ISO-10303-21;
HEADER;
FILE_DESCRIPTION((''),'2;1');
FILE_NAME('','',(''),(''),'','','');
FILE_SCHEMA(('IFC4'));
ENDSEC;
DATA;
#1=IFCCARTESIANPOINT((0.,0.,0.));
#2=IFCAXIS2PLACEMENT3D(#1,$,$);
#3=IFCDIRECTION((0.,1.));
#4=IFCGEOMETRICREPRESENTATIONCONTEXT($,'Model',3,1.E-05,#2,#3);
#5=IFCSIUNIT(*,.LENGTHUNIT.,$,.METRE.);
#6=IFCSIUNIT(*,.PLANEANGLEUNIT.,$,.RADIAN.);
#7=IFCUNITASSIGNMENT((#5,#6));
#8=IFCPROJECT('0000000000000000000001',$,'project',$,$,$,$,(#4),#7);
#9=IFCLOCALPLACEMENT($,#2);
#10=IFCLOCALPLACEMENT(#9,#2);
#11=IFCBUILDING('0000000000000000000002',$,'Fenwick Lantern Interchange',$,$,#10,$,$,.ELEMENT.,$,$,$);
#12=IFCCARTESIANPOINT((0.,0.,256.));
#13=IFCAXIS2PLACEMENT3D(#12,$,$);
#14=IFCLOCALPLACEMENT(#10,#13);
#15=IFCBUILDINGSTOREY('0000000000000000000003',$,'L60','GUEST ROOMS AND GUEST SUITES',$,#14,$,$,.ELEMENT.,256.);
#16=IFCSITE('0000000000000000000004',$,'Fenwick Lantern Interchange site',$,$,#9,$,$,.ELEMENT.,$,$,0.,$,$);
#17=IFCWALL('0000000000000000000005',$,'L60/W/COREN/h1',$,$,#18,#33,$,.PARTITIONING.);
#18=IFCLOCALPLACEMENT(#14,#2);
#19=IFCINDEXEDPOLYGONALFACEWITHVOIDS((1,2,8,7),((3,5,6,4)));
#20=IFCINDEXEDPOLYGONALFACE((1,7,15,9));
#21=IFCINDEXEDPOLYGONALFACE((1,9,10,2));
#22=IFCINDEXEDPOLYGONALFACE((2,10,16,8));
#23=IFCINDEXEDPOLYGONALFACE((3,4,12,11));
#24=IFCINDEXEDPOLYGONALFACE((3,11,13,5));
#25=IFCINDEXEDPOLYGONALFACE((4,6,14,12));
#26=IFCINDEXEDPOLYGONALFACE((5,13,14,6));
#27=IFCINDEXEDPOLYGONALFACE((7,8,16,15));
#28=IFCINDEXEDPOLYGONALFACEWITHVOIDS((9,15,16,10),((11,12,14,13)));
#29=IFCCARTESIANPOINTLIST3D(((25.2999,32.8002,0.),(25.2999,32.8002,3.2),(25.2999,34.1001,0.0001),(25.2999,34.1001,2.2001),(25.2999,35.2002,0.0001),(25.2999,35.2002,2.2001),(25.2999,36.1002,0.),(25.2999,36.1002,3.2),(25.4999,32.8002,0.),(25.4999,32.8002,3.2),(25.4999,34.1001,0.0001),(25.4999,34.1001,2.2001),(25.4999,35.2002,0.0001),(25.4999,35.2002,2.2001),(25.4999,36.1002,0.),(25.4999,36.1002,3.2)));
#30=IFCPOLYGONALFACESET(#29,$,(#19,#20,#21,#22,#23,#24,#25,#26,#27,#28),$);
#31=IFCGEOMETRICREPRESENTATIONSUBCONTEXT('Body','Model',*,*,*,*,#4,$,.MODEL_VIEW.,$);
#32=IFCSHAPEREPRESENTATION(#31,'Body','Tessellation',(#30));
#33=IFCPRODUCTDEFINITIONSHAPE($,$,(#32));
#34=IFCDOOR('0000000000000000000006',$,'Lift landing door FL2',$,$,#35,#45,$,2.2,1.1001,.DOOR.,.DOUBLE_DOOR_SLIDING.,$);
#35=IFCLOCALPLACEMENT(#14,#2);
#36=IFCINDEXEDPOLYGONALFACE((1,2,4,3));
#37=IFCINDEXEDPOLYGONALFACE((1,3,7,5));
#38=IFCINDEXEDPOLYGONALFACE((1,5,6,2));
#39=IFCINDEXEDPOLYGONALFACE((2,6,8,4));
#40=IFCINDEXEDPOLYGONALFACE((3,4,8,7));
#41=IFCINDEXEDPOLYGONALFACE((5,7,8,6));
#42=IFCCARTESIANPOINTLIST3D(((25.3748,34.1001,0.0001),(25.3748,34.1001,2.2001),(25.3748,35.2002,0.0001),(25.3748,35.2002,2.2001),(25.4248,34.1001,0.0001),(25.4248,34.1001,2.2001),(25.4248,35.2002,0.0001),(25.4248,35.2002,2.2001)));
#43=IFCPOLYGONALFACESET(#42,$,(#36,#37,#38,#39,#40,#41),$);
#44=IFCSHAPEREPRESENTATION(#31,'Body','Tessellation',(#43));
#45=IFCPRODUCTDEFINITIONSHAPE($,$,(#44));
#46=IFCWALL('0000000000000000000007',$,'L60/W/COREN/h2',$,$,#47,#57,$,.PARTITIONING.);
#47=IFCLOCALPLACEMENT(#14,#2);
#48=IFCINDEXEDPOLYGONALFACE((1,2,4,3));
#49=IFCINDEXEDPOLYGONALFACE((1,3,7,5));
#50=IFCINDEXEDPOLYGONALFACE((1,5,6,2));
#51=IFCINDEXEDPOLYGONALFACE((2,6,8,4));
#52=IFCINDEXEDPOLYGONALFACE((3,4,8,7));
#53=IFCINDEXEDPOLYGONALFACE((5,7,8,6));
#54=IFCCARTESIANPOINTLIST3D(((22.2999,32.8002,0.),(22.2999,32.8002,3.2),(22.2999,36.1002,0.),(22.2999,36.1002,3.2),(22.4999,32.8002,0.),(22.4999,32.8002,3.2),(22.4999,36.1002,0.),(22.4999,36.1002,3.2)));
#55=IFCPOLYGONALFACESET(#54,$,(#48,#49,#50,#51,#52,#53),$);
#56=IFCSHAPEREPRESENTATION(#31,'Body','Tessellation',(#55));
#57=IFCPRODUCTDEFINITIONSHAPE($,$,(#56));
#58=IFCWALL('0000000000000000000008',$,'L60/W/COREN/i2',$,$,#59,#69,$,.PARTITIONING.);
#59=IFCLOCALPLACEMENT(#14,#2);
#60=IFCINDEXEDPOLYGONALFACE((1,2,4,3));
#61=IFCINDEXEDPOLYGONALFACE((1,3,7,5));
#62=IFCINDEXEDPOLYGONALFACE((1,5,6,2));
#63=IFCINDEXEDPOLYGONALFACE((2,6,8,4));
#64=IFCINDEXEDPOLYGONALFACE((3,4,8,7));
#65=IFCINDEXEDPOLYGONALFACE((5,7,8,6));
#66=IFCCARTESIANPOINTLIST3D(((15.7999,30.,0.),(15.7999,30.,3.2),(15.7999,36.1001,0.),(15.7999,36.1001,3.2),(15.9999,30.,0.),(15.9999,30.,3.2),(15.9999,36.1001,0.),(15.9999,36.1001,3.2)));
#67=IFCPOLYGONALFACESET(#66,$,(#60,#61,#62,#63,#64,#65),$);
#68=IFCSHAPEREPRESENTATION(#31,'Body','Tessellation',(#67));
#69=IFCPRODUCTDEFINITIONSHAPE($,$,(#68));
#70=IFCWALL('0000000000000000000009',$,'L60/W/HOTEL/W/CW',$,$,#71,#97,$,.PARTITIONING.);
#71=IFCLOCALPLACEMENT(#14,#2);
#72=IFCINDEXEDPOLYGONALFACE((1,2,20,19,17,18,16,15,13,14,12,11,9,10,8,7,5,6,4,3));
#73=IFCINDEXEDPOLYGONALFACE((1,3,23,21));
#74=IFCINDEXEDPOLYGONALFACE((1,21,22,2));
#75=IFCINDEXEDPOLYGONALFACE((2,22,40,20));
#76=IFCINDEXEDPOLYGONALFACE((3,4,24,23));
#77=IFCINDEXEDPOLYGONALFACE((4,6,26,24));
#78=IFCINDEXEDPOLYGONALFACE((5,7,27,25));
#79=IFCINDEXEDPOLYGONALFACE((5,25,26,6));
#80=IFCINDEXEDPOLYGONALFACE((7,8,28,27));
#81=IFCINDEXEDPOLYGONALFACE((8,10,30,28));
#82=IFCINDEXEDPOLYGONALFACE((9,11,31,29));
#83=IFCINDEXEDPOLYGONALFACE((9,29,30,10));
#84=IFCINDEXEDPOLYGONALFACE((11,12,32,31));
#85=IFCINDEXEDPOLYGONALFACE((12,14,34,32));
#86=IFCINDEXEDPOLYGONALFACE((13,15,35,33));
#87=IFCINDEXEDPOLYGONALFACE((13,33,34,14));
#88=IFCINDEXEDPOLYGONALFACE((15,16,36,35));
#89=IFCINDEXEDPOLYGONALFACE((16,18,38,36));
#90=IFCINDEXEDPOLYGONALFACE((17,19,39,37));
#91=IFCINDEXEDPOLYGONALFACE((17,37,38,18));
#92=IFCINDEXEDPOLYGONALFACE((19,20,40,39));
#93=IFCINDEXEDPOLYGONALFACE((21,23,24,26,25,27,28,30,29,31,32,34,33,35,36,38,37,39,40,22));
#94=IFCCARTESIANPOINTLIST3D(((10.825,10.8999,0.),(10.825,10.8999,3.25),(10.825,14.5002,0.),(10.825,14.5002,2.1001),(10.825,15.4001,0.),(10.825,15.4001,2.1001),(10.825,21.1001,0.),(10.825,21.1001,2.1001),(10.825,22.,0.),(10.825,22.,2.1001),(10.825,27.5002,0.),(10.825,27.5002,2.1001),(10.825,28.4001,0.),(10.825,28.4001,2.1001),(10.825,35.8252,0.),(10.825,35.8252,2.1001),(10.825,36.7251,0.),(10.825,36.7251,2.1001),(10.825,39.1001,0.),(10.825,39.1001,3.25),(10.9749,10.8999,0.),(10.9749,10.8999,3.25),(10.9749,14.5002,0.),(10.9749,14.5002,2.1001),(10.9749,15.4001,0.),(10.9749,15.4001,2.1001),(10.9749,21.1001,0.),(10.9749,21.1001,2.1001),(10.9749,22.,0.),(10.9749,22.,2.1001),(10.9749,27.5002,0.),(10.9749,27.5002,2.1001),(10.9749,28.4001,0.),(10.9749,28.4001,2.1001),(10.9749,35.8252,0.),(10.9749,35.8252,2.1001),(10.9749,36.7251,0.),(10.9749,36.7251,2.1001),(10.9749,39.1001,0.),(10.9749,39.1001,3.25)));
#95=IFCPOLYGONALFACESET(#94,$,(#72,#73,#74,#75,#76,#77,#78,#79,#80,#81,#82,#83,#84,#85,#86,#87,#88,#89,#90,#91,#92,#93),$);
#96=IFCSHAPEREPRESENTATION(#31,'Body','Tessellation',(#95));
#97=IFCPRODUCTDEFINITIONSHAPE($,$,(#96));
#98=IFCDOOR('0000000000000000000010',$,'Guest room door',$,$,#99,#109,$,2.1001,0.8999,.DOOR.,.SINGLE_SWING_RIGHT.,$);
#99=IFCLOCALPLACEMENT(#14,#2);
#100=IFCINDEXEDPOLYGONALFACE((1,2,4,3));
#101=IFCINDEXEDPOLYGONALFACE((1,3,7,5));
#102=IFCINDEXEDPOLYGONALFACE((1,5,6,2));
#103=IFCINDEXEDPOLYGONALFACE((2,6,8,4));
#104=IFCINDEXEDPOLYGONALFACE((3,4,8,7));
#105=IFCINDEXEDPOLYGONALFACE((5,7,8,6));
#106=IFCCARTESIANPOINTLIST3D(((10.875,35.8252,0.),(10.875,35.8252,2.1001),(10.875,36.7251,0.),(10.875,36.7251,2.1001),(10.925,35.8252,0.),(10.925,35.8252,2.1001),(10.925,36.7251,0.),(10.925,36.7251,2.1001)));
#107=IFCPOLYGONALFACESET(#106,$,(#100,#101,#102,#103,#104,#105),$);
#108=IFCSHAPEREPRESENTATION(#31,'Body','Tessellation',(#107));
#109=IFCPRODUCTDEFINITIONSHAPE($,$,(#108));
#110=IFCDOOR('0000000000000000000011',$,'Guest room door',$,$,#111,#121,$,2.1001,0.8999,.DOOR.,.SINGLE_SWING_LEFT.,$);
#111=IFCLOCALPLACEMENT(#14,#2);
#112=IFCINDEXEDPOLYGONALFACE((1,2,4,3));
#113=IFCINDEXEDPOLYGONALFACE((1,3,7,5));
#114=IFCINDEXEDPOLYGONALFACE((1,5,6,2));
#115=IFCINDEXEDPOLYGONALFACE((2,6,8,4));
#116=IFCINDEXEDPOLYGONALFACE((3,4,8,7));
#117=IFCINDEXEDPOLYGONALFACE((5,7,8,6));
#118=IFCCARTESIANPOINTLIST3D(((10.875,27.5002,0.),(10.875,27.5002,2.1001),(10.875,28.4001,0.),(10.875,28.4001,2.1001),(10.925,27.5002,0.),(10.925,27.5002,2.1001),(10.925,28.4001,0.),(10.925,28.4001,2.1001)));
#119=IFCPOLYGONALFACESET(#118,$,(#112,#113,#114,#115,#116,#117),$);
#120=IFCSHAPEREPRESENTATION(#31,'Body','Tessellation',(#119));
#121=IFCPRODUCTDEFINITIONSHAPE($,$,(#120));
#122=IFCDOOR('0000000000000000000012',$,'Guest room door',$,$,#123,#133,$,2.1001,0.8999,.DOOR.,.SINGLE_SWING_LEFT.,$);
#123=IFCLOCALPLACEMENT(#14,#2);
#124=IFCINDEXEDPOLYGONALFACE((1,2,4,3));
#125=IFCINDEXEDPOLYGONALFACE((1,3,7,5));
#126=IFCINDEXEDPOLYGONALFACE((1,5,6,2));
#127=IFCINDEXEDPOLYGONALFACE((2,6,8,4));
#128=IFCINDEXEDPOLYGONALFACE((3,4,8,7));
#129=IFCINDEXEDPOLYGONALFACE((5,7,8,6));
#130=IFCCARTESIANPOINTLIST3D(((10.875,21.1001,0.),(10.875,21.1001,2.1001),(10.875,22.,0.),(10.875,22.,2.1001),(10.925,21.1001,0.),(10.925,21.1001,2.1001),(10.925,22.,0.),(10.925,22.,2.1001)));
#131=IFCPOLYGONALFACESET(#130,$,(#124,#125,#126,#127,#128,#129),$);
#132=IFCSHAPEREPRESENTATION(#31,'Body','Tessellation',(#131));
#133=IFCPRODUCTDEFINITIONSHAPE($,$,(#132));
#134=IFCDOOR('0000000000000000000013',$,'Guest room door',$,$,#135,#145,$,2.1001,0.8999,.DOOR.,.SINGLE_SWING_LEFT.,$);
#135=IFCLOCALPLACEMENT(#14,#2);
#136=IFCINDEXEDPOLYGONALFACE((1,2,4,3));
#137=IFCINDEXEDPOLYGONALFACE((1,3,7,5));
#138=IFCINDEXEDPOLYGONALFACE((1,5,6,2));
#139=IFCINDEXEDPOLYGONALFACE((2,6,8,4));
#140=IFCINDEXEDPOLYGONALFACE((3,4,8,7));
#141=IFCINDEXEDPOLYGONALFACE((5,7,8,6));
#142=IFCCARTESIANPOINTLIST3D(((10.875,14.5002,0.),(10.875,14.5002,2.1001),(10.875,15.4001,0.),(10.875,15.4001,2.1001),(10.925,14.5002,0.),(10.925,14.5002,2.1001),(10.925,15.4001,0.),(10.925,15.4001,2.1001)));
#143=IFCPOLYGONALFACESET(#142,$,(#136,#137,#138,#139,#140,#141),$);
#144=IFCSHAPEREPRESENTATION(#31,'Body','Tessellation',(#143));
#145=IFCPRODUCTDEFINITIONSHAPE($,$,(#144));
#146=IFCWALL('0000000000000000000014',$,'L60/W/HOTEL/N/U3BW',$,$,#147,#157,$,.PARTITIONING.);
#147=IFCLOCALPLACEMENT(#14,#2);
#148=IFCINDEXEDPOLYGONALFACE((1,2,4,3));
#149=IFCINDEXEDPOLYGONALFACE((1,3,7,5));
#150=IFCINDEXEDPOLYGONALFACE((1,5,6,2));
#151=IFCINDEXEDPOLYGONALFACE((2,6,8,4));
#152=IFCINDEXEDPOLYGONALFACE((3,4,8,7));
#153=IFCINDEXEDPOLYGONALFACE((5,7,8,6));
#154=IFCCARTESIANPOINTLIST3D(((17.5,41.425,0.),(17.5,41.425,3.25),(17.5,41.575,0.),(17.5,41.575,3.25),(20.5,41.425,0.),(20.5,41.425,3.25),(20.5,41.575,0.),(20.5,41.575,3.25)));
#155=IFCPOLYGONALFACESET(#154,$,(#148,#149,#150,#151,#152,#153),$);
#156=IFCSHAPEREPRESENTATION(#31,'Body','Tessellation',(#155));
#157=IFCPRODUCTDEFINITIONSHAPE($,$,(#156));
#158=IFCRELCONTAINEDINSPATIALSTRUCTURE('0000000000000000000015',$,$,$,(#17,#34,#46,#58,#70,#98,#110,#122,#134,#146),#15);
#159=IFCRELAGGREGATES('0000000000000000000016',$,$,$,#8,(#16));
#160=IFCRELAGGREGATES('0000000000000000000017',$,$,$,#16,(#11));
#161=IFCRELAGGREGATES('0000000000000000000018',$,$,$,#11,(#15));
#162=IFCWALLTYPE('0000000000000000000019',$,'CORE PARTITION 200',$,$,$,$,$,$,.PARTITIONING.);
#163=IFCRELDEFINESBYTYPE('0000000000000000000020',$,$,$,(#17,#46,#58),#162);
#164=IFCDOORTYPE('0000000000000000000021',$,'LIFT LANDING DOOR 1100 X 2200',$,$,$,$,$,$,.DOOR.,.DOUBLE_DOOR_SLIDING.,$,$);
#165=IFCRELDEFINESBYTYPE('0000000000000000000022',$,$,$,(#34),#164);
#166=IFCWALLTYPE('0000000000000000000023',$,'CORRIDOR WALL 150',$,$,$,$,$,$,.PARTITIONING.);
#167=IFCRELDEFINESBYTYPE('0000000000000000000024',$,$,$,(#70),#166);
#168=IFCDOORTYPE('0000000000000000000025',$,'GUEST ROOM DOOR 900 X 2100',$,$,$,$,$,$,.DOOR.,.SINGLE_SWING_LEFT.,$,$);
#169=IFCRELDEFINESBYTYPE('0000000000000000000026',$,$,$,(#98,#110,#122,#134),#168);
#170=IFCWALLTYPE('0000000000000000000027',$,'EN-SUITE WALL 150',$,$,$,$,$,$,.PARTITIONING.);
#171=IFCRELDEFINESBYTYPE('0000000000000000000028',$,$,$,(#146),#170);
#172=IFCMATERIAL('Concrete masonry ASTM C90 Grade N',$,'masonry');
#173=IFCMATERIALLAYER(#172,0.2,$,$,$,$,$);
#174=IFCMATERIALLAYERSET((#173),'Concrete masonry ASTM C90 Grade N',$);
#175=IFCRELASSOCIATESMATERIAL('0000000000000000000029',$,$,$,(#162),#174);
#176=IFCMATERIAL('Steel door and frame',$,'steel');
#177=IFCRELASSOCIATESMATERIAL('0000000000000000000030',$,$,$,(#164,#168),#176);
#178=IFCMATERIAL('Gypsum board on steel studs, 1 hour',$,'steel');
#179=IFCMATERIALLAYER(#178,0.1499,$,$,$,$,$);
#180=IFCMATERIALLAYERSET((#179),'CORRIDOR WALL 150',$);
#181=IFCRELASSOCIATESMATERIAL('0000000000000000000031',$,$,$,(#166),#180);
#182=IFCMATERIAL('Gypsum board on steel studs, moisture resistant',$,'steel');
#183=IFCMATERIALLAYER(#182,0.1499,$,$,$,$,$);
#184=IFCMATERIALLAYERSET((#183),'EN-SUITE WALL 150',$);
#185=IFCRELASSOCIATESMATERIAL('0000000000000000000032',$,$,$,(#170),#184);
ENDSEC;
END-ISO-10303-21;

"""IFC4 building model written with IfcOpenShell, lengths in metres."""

from ifc_helpers import new_model, si_unit, direction, frame, frame_2d, origin, place, context, subcontext, project, spatial, rectangle, extrude, material, layer, layer_set, type_object, element, fill, save


model = new_model("IFC4")

# Units and contexts
model_context = context("Model", 3, precision=1e-05, world=origin(), true_north=direction((0.0, 1.0)))
body_context = subcontext(model_context, "Body", "Model", "MODEL_VIEW")
ifc_project = project(units=[si_unit("LENGTHUNIT", "METRE"), si_unit("PLANEANGLEUNIT", "RADIAN")], contexts=[model_context])

# Site, building, storey
site_placement = place(None, origin())
site = spatial("IfcSite", under=ifc_project, at=site_placement, Name="Fenwick Lantern Interchange site", CompositionType="ELEMENT", RefElevation=0.0)
building_placement = place(site_placement, origin())
building = spatial("IfcBuilding", under=site, at=building_placement, Name="Fenwick Lantern Interchange", CompositionType="ELEMENT")
storey_placement = place(building_placement, frame((0.0, 0.0, 256.0)))
storey = spatial("IfcBuildingStorey", under=building, at=storey_placement, Name="L60", Description="GUEST ROOMS AND GUEST SUITES", CompositionType="ELEMENT", Elevation=256.0)

# Shared definitions
ifc_material_1 = material(Name="Concrete masonry ASTM C90 Grade N", Category="masonry")
ifc_layer_1 = layer(ifc_material_1, 0.2)
ifc_layer_set_1 = layer_set([ifc_layer_1], Name="Concrete masonry ASTM C90 Grade N")
wall_type_1 = type_object("IfcWallType", Name="CORE PARTITION 200", PredefinedType="PARTITIONING", material=ifc_layer_set_1)

# Wall, opening, door
wall_1_placement = place(storey_placement, frame((25.3999, 36.1001, 0.0), z_axis=(0.0, 0.0, 1.0), x_axis=(0.0, -1.0, 0.0)))
wall_1 = element("IfcWall", 1, at=wall_1_placement, inside=storey, type_object=wall_type_1, Name="L60/W/COREN/h1", PredefinedType="PARTITIONING", context=body_context, shape_type="SweptSolid", body=[
    extrude(rectangle(XDim=3.3, YDim=0.2, at=frame_2d((1.6499, 0.0))), origin(), (0.0, 0.0, 1.0), 3.2),
])
opening_1_placement = place(wall_1_placement, frame((0.8999, 0.0, 0.0)))
opening_1 = element("IfcOpeningElement", 2, at=opening_1_placement, cuts=wall_1, PredefinedType="OPENING", context=body_context, shape_type="SweptSolid", body=[
    extrude(rectangle(XDim=1.1001, YDim=2.2, at=frame_2d((0.55, 1.1001))), frame((0.0, 0.1099, 0.0), z_axis=(0.0, -1.0, 0.0), x_axis=(1.0, 0.0, 0.0)), (0.0, 0.0, 1.0), 0.22),
])
ifc_material_2 = material(Name="Steel door and frame", Category="steel")
door_type_1 = type_object("IfcDoorType", Name="LIFT LANDING DOOR 1100 X 2200", OperationType="DOUBLE_DOOR_SLIDING", PredefinedType="DOOR", material=ifc_material_2)
door_1_placement = place(opening_1_placement, origin())
door_1 = element("IfcDoor", 3, at=door_1_placement, inside=storey, type_object=door_type_1, Name="Lift landing door FL2", OperationType="DOUBLE_DOOR_SLIDING", OverallHeight=2.2, OverallWidth=1.1001, PredefinedType="DOOR", context=body_context, shape_type="SweptSolid", body=[
    extrude(rectangle(XDim=1.1001, YDim=2.2, at=frame_2d((0.55, 1.1001))), frame((0.0, 0.0249, 0.0), z_axis=(0.0, -1.0, 0.0), x_axis=(1.0, 0.0, 0.0)), (0.0, 0.0, 1.0), 0.05),
])
fill(opening_1, door_1)

# Walls
wall_2_placement = place(storey_placement, frame((22.3999, 36.1001, 0.0), z_axis=(0.0, 0.0, 1.0), x_axis=(0.0, -1.0, 0.0)))
element("IfcWall", 4, at=wall_2_placement, inside=storey, type_object=wall_type_1, Name="L60/W/COREN/h2", PredefinedType="PARTITIONING", context=body_context, shape_type="SweptSolid", body=[
    extrude(rectangle(XDim=3.3, YDim=0.2, at=frame_2d((1.6499, 0.0))), origin(), (0.0, 0.0, 1.0), 3.2),
])
wall_3_placement = place(storey_placement, frame((15.8999, 36.1001, 0.0), z_axis=(0.0, 0.0, 1.0), x_axis=(0.0, -1.0, 0.0)))
element("IfcWall", 5, at=wall_3_placement, inside=storey, type_object=wall_type_1, Name="L60/W/COREN/i2", PredefinedType="PARTITIONING", context=body_context, shape_type="SweptSolid", body=[
    extrude(rectangle(XDim=6.1001, YDim=0.2, at=frame_2d((3.05, 0.0))), origin(), (0.0, 0.0, 1.0), 3.2),
])

# Wall, openings, doors
ifc_material_3 = material(Name="Gypsum board on steel studs, 1 hour", Category="steel")
ifc_layer_2 = layer(ifc_material_3, 0.1499)
ifc_layer_set_2 = layer_set([ifc_layer_2], Name="CORRIDOR WALL 150")
wall_type_2 = type_object("IfcWallType", Name="CORRIDOR WALL 150", PredefinedType="PARTITIONING", material=ifc_layer_set_2)
wall_4_placement = place(storey_placement, frame((10.8999, 39.1001, 0.0), z_axis=(0.0, 0.0, 1.0), x_axis=(0.0, -1.0, 0.0)))
wall_4 = element("IfcWall", 6, at=wall_4_placement, inside=storey, type_object=wall_type_2, Name="L60/W/HOTEL/W/CW", PredefinedType="PARTITIONING", context=body_context, shape_type="SweptSolid", body=[
    extrude(rectangle(XDim=28.2002, YDim=0.1499, at=frame_2d((14.1001, 0.0))), origin(), (0.0, 0.0, 1.0), 3.25),
])
opening_2_placement = place(wall_4_placement, frame((2.375, 0.0, 0.0)))
opening_2 = element("IfcOpeningElement", 7, at=opening_2_placement, cuts=wall_4, PredefinedType="OPENING", context=body_context, shape_type="SweptSolid", body=[
    extrude(rectangle(XDim=0.8999, YDim=2.1001, at=frame_2d((0.45, 1.05))), frame((0.0, 0.085, 0.0), z_axis=(0.0, -1.0, 0.0), x_axis=(1.0, 0.0, 0.0)), (0.0, 0.0, 1.0), 0.1699),
])
opening_3_placement = place(wall_4_placement, frame((10.7, 0.0, 0.0)))
opening_3 = element("IfcOpeningElement", 8, at=opening_3_placement, cuts=wall_4, PredefinedType="OPENING", context=body_context, shape_type="SweptSolid", body=[
    extrude(rectangle(XDim=0.8999, YDim=2.1001, at=frame_2d((0.45, 1.05))), frame((0.0, 0.085, 0.0), z_axis=(0.0, -1.0, 0.0), x_axis=(1.0, 0.0, 0.0)), (0.0, 0.0, 1.0), 0.1699),
])
opening_4_placement = place(wall_4_placement, frame((17.1001, 0.0, 0.0)))
opening_4 = element("IfcOpeningElement", 9, at=opening_4_placement, cuts=wall_4, PredefinedType="OPENING", context=body_context, shape_type="SweptSolid", body=[
    extrude(rectangle(XDim=0.8999, YDim=2.1001, at=frame_2d((0.45, 1.05))), frame((0.0, 0.085, 0.0), z_axis=(0.0, -1.0, 0.0), x_axis=(1.0, 0.0, 0.0)), (0.0, 0.0, 1.0), 0.1699),
])
opening_5_placement = place(wall_4_placement, frame((23.7, 0.0, 0.0)))
opening_5 = element("IfcOpeningElement", 10, at=opening_5_placement, cuts=wall_4, PredefinedType="OPENING", context=body_context, shape_type="SweptSolid", body=[
    extrude(rectangle(XDim=0.8999, YDim=2.1001, at=frame_2d((0.45, 1.05))), frame((0.0, 0.085, 0.0), z_axis=(0.0, -1.0, 0.0), x_axis=(1.0, 0.0, 0.0)), (0.0, 0.0, 1.0), 0.1699),
])
door_type_2 = type_object("IfcDoorType", Name="GUEST ROOM DOOR 900 X 2100", OperationType="SINGLE_SWING_LEFT", PredefinedType="DOOR", material=ifc_material_2)
door_2_placement = place(opening_2_placement, frame((0.8999, 0.0, 0.0), z_axis=(0.0, 0.0, 1.0), x_axis=(-1.0, 0.0, 0.0)))
door_2 = element("IfcDoor", 11, at=door_2_placement, inside=storey, type_object=door_type_2, Name="Guest room door", OperationType="SINGLE_SWING_RIGHT", OverallHeight=2.1001, OverallWidth=0.8999, PredefinedType="DOOR", context=body_context, shape_type="SweptSolid", body=[
    extrude(rectangle(XDim=0.8999, YDim=2.1001, at=frame_2d((0.45, 1.05))), frame((0.0, 0.0249, 0.0), z_axis=(0.0, -1.0, 0.0), x_axis=(1.0, 0.0, 0.0)), (0.0, 0.0, 1.0), 0.05),
])
fill(opening_2, door_2)
door_3_placement = place(opening_3_placement, frame((0.8999, 0.0, 0.0), z_axis=(0.0, 0.0, 1.0), x_axis=(-1.0, 0.0, 0.0)))
door_3 = element("IfcDoor", 12, at=door_3_placement, inside=storey, type_object=door_type_2, Name="Guest room door", OperationType="SINGLE_SWING_LEFT", OverallHeight=2.1001, OverallWidth=0.8999, PredefinedType="DOOR", context=body_context, shape_type="SweptSolid", body=[
    extrude(rectangle(XDim=0.8999, YDim=2.1001, at=frame_2d((0.45, 1.05))), frame((0.0, 0.0249, 0.0), z_axis=(0.0, -1.0, 0.0), x_axis=(1.0, 0.0, 0.0)), (0.0, 0.0, 1.0), 0.05),
])
fill(opening_3, door_3)
door_4_placement = place(opening_4_placement, frame((0.8999, 0.0, 0.0), z_axis=(0.0, 0.0, 1.0), x_axis=(-1.0, 0.0, 0.0)))
door_4 = element("IfcDoor", 13, at=door_4_placement, inside=storey, type_object=door_type_2, Name="Guest room door", OperationType="SINGLE_SWING_LEFT", OverallHeight=2.1001, OverallWidth=0.8999, PredefinedType="DOOR", context=body_context, shape_type="SweptSolid", body=[
    extrude(rectangle(XDim=0.8999, YDim=2.1001, at=frame_2d((0.45, 1.05))), frame((0.0, 0.0249, 0.0), z_axis=(0.0, -1.0, 0.0), x_axis=(1.0, 0.0, 0.0)), (0.0, 0.0, 1.0), 0.05),
])
fill(opening_4, door_4)
door_5_placement = place(opening_5_placement, frame((0.8999, 0.0, 0.0), z_axis=(0.0, 0.0, 1.0), x_axis=(-1.0, 0.0, 0.0)))
door_5 = element("IfcDoor", 14, at=door_5_placement, inside=storey, type_object=door_type_2, Name="Guest room door", OperationType="SINGLE_SWING_LEFT", OverallHeight=2.1001, OverallWidth=0.8999, PredefinedType="DOOR", context=body_context, shape_type="SweptSolid", body=[
    extrude(rectangle(XDim=0.8999, YDim=2.1001, at=frame_2d((0.45, 1.05))), frame((0.0, 0.0249, 0.0), z_axis=(0.0, -1.0, 0.0), x_axis=(1.0, 0.0, 0.0)), (0.0, 0.0, 1.0), 0.05),
])
fill(opening_5, door_5)

# Wall
ifc_material_4 = material(Name="Gypsum board on steel studs, moisture resistant", Category="steel")
ifc_layer_3 = layer(ifc_material_4, 0.1499)
ifc_layer_set_3 = layer_set([ifc_layer_3], Name="EN-SUITE WALL 150")
wall_type_3 = type_object("IfcWallType", Name="EN-SUITE WALL 150", PredefinedType="PARTITIONING", material=ifc_layer_set_3)
wall_5_placement = place(storey_placement, frame((20.5, 41.5, 0.0), z_axis=(0.0, 0.0, 1.0), x_axis=(-1.0, 0.0, 0.0)))
element("IfcWall", 15, at=wall_5_placement, inside=storey, type_object=wall_type_3, Name="L60/W/HOTEL/N/U3BW", PredefinedType="PARTITIONING", context=body_context, shape_type="SweptSolid", body=[
    extrude(rectangle(XDim=3.0, YDim=0.1499, at=frame_2d((1.5, 0.0))), origin(), (0.0, 0.0, 1.0), 3.25),
])

save(model, "model.ifc")
